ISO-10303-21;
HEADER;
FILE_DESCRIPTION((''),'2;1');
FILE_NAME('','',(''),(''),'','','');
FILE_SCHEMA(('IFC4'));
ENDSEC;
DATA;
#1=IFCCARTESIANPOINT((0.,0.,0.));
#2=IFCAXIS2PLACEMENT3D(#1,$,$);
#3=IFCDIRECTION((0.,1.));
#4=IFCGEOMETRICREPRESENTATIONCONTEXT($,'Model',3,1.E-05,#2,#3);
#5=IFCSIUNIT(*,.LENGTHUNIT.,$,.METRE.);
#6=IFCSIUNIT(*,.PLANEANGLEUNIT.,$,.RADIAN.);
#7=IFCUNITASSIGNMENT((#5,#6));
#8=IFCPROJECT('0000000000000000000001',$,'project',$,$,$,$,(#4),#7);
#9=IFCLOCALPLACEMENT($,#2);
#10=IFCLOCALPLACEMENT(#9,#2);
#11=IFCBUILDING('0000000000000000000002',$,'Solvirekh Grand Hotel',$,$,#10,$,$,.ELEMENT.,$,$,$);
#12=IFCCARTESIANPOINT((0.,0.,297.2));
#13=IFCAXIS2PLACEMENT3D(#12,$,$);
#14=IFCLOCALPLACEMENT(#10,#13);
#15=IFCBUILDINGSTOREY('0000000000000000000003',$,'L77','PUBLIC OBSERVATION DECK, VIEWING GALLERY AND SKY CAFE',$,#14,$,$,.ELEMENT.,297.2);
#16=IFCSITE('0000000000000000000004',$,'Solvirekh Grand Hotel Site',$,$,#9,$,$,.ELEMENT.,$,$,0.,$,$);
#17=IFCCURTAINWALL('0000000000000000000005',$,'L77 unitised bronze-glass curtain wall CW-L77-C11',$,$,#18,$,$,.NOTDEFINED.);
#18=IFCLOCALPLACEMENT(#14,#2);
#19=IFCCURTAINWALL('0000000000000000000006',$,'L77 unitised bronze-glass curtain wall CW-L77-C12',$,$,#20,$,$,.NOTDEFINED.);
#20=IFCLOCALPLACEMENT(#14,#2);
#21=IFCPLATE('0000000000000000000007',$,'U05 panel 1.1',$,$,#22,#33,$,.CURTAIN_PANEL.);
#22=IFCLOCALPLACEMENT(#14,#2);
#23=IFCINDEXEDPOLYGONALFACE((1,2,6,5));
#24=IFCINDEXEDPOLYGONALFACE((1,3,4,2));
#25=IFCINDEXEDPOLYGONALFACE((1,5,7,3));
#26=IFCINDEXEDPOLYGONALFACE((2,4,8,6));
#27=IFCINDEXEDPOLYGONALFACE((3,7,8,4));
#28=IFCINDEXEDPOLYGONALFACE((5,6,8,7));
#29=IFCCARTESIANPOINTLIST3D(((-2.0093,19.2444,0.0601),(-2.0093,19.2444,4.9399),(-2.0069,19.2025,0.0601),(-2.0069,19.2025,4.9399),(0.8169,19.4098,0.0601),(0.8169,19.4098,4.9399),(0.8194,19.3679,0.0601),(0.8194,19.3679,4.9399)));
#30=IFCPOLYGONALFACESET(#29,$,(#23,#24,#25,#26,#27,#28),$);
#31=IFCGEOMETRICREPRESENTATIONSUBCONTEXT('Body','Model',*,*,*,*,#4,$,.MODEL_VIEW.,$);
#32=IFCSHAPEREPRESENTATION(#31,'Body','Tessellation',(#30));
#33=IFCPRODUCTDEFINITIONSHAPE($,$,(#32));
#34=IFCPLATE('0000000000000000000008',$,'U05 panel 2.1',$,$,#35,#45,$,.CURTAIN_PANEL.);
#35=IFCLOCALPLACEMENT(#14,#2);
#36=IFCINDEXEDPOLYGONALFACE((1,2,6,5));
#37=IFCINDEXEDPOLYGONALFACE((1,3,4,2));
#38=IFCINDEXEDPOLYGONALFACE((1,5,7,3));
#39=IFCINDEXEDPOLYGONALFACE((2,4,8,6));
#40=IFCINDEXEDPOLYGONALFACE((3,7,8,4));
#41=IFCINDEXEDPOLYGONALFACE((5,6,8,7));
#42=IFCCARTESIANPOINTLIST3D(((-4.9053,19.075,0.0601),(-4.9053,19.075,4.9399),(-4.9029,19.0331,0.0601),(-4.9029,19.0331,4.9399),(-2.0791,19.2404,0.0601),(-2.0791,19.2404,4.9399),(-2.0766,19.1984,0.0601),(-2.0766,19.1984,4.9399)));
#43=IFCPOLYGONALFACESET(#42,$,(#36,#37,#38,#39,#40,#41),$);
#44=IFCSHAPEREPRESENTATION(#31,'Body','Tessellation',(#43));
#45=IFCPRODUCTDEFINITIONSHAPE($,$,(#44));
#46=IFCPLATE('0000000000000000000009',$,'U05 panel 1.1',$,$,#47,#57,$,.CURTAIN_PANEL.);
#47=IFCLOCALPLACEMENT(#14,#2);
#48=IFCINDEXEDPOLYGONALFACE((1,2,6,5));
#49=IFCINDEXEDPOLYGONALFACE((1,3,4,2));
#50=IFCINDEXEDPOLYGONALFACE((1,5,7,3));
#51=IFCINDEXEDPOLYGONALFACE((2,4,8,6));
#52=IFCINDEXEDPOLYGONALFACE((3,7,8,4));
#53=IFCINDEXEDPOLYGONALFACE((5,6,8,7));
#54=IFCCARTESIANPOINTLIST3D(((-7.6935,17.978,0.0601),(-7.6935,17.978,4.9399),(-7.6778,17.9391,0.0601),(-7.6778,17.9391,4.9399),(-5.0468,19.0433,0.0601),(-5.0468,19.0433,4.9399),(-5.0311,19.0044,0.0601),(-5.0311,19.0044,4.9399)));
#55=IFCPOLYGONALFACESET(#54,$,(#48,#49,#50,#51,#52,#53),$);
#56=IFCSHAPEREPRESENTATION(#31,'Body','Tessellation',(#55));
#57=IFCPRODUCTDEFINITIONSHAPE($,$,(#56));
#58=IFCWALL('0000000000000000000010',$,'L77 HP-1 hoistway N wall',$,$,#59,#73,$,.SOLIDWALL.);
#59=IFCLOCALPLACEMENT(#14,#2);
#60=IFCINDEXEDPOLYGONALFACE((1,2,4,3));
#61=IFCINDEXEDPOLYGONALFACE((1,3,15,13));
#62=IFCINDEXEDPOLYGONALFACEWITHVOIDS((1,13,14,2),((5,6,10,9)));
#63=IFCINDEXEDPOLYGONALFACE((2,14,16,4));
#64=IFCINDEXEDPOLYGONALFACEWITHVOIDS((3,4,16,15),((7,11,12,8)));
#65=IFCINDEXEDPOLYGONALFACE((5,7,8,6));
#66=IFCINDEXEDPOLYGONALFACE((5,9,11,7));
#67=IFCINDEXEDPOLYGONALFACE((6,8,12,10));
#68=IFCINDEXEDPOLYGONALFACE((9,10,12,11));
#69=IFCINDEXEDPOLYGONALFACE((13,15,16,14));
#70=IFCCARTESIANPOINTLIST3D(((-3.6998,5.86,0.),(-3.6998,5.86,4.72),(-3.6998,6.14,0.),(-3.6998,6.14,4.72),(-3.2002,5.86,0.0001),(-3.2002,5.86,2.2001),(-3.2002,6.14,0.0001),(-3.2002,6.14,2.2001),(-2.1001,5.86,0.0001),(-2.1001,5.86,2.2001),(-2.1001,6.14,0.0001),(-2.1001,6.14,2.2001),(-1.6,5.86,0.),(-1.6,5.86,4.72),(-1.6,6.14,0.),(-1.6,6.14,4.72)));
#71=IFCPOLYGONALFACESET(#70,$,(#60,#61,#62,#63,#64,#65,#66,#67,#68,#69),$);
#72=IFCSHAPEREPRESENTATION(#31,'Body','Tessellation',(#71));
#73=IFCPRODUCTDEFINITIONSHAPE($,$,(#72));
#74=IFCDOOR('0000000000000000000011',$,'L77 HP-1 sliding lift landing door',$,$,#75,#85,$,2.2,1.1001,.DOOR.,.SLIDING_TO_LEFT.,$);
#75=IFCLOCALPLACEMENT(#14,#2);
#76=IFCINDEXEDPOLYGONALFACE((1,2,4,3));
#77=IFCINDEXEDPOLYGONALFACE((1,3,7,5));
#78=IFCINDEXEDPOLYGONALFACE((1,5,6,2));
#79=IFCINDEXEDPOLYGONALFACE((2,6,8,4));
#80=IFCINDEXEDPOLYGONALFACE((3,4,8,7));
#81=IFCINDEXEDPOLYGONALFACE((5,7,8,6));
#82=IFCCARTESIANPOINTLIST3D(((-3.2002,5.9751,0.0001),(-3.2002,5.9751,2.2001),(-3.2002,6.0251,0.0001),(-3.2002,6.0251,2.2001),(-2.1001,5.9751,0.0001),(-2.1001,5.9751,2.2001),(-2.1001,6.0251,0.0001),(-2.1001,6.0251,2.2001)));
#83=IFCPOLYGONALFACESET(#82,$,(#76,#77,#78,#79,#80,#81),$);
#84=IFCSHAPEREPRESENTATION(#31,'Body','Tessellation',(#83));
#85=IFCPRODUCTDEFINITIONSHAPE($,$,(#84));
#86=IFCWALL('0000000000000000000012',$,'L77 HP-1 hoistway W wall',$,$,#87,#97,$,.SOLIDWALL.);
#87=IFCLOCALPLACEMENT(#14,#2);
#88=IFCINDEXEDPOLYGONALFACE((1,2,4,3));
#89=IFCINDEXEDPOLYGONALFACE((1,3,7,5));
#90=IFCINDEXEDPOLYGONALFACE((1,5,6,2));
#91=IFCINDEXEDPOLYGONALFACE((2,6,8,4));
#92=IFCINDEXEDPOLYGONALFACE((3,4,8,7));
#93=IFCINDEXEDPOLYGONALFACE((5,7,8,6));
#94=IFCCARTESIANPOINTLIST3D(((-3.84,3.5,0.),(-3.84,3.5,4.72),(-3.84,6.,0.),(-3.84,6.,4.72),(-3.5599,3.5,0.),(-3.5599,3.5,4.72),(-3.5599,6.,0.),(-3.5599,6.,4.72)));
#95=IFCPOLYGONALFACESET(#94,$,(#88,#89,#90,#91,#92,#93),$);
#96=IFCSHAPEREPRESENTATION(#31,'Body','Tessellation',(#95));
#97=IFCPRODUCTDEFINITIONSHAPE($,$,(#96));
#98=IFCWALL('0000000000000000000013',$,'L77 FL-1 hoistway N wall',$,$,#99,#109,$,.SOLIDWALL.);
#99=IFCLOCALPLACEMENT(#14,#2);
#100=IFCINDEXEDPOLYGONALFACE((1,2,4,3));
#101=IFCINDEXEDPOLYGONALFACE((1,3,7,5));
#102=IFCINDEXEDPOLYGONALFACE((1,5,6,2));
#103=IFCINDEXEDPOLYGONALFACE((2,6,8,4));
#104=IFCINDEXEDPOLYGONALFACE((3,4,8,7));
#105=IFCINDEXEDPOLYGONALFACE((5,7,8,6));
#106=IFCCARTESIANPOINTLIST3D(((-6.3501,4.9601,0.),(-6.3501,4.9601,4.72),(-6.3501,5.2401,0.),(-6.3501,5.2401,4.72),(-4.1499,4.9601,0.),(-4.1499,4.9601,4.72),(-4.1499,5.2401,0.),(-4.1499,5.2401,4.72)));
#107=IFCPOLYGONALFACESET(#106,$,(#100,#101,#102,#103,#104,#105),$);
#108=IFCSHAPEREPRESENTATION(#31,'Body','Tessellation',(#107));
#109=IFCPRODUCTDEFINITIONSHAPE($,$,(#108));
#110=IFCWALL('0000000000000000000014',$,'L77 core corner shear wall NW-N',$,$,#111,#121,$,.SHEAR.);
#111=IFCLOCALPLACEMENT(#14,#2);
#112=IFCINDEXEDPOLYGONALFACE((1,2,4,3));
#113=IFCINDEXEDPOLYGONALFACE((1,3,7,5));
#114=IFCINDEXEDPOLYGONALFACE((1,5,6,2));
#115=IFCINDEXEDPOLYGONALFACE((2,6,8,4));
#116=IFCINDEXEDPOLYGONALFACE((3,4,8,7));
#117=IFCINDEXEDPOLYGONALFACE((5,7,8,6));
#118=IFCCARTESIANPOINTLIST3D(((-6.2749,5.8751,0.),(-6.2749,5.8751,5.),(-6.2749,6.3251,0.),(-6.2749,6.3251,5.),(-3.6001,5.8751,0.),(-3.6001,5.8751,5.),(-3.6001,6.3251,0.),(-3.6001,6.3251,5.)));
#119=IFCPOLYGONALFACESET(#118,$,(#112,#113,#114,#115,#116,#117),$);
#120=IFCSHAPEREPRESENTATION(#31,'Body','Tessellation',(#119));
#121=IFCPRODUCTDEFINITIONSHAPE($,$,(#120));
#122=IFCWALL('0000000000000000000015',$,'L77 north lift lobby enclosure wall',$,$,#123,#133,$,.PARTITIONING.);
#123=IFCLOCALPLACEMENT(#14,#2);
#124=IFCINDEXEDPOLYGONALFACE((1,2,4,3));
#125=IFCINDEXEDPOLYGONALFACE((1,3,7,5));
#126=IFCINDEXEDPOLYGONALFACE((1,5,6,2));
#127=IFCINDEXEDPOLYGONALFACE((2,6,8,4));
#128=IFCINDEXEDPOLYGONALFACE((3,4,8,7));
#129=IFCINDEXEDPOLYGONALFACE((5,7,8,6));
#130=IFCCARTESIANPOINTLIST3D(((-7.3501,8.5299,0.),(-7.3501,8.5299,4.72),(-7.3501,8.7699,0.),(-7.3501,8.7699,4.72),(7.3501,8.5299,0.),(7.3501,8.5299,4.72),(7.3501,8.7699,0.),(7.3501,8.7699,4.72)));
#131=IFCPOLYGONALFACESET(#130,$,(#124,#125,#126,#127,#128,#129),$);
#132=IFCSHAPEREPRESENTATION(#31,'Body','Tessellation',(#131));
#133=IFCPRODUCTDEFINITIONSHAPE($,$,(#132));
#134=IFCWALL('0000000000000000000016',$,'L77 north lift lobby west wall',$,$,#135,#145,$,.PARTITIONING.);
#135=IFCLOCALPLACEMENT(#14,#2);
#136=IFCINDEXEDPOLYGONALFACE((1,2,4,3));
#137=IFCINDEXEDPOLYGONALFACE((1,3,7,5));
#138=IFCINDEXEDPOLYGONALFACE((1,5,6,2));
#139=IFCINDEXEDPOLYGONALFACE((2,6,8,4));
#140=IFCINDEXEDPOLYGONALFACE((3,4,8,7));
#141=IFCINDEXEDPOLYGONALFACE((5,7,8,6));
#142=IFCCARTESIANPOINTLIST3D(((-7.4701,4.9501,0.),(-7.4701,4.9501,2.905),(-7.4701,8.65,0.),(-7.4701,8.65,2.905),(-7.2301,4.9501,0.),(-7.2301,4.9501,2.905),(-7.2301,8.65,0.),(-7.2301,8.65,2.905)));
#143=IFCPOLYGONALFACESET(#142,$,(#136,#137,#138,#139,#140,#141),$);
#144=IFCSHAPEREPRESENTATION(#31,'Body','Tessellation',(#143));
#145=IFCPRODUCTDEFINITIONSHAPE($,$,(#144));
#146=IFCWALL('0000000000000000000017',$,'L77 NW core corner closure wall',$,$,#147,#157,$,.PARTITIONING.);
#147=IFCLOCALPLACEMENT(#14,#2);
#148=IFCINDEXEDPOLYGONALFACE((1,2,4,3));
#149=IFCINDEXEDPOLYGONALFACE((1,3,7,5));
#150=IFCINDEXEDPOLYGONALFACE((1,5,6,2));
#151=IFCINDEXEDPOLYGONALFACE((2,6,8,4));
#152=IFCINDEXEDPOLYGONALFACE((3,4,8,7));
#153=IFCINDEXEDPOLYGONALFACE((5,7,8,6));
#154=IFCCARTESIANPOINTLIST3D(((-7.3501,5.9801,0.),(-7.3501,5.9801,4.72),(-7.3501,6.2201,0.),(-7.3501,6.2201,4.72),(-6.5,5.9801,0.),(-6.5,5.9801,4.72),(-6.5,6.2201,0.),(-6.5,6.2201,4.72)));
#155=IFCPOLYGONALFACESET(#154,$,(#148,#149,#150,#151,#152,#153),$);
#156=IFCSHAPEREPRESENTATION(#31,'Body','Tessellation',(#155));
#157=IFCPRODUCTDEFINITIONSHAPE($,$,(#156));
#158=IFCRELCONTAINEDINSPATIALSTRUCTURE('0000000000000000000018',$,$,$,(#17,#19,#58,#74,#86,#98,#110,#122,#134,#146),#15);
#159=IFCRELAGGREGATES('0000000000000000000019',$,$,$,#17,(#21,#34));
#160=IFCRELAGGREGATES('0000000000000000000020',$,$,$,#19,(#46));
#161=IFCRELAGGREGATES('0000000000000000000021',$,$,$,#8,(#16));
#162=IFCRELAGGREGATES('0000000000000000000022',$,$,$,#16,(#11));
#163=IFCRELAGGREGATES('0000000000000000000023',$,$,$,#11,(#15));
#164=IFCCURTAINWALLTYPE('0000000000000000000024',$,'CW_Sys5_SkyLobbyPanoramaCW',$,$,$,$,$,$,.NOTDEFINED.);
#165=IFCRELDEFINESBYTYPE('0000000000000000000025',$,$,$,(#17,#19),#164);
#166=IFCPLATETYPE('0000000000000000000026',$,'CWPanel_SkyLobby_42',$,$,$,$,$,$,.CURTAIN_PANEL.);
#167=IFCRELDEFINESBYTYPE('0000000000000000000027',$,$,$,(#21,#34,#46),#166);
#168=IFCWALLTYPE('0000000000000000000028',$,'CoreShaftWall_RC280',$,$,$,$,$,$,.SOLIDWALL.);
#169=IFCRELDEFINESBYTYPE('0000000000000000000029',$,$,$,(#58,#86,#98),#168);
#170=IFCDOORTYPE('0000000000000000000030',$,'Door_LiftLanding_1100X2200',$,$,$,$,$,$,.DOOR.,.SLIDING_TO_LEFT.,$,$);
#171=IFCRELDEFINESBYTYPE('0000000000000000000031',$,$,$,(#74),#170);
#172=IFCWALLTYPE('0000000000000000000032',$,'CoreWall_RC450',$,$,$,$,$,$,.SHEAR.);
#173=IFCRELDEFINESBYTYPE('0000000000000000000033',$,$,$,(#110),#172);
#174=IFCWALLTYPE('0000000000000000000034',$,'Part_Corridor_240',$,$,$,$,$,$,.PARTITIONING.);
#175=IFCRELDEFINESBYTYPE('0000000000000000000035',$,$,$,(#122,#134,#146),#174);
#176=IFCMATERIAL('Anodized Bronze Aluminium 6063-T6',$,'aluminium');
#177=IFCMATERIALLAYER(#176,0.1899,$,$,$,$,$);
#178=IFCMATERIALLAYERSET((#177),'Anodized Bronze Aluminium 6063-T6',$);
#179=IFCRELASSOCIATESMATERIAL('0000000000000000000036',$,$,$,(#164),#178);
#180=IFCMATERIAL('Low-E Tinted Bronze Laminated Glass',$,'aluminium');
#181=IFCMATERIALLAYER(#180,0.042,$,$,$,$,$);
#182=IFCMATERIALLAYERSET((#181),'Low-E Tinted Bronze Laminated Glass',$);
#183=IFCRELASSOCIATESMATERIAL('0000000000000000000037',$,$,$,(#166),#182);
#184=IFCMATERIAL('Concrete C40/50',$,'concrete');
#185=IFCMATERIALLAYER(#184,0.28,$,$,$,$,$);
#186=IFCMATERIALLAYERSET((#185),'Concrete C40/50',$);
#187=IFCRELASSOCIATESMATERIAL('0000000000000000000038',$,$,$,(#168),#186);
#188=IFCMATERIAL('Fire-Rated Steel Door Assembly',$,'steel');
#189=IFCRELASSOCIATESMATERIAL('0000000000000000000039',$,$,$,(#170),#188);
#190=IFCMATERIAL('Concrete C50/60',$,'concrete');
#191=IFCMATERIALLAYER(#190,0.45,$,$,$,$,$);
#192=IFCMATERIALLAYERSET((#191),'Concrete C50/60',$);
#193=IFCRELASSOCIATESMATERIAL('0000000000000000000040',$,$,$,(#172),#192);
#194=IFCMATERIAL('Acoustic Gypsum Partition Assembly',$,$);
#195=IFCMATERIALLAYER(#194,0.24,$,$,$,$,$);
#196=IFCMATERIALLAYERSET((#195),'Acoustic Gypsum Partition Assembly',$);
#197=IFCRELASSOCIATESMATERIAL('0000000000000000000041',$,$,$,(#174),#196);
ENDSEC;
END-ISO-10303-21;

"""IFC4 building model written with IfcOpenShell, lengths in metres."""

from ifc_helpers import new_model, si_unit, direction, frame, frame_2d, origin, origin_2d, place, context, subcontext, project, spatial, rectangle, extrude, source, transform, mapped, material, layer, layer_set, type_object, element, fill, aggregate, save


model = new_model("IFC4")

# Units and contexts
model_context = context("Model", 3, precision=1e-05, world=origin(), true_north=direction((0.0, 1.0)))
body_context = subcontext(model_context, "Body", "Model", "MODEL_VIEW")
ifc_project = project(units=[si_unit("LENGTHUNIT", "METRE"), si_unit("PLANEANGLEUNIT", "RADIAN")], contexts=[model_context])

# Site, building, storey
site_placement = place(None, origin())
site = spatial("IfcSite", under=ifc_project, at=site_placement, Name="Solvirekh Grand Hotel Site", CompositionType="ELEMENT", RefElevation=0.0)
building_placement = place(site_placement, origin())
building = spatial("IfcBuilding", under=site, at=building_placement, Name="Solvirekh Grand Hotel", CompositionType="ELEMENT")
storey_placement = place(building_placement, frame((0.0, 0.0, 297.2)))
storey = spatial("IfcBuildingStorey", under=building, at=storey_placement, Name="L77", Description="PUBLIC OBSERVATION DECK, VIEWING GALLERY AND SKY CAFE", CompositionType="ELEMENT", Elevation=297.2)

# Shared definitions
ifc_material_1 = material(Name="Concrete C50/60", Category="concrete")

# Curtain walls
ifc_material_2 = material(Name="Anodized Bronze Aluminium 6063-T6", Category="aluminium")
ifc_layer_1 = layer(ifc_material_2, 0.1899)
ifc_layer_set_1 = layer_set([ifc_layer_1], Name="Anodized Bronze Aluminium 6063-T6")
curtain_wall_type = type_object("IfcCurtainWallType", Name="CW_Sys5_SkyLobbyPanoramaCW", PredefinedType="NOTDEFINED", material=ifc_layer_set_1)
curtain_wall_1_placement = place(storey_placement, origin())
curtain_wall_1 = element("IfcCurtainWall", 1, at=curtain_wall_1_placement, inside=storey, type_object=curtain_wall_type, Name="L77 unitised bronze-glass curtain wall CW-L77-C11", PredefinedType="NOTDEFINED")
curtain_wall_2_placement = place(storey_placement, origin())
curtain_wall_2 = element("IfcCurtainWall", 2, at=curtain_wall_2_placement, inside=storey, type_object=curtain_wall_type, Name="L77 unitised bronze-glass curtain wall CW-L77-C12", PredefinedType="NOTDEFINED")

# Plates
ifc_material_3 = material(Name="Low-E Tinted Bronze Laminated Glass", Category="aluminium")
ifc_layer_2 = layer(ifc_material_3, 0.042)
ifc_layer_set_2 = layer_set([ifc_layer_2], Name="Low-E Tinted Bronze Laminated Glass")
plate_type = type_object("IfcPlateType", Name="CWPanel_SkyLobby_42", PredefinedType="CURTAIN_PANEL", material=ifc_layer_set_2)
shared_shape_1 = source(origin(), body_context, "Body", "SweptSolid", [
    extrude(rectangle(XDim=2.8311, YDim=0.042, at=origin_2d()), origin(), (0.0, 0.0, 1.0), 4.8799),
])
plate_1_placement = place(storey_placement, frame((-0.595, 19.3062, 0.0601), z_axis=(0.0, 0.0, 1.0), x_axis=(-0.998293, -0.058413, 0.0)))
plate_1 = element("IfcPlate", 3, at=plate_1_placement, type_object=plate_type, Name="U05 panel 1.1", PredefinedType="CURTAIN_PANEL", context=body_context, shape_type="MappedRepresentation", body=[
    mapped(shared_shape_1, transform((0.0, 0.0, 0.0), x_axis=(1.0, 0.0, 0.0), y_axis=(0.0, 1.0, 0.0), z_axis=(0.0, 0.0, 1.0), scale=1.0)),
])
plate_2_placement = place(storey_placement, frame((-3.491, 19.1367, 0.0601), z_axis=(0.0, 0.0, 1.0), x_axis=(-0.998293, -0.058413, 0.0)))
plate_2 = element("IfcPlate", 4, at=plate_2_placement, type_object=plate_type, Name="U05 panel 2.1", PredefinedType="CURTAIN_PANEL", context=body_context, shape_type="MappedRepresentation", body=[
    mapped(shared_shape_1, transform((0.0, 0.0, 0.0), x_axis=(1.0, 0.0, 0.0), y_axis=(0.0, 1.0, 0.0), z_axis=(0.0, 0.0, 1.0), scale=1.0)),
])
aggregate(curtain_wall_1, [plate_1, plate_2])
shared_shape_2 = source(origin(), body_context, "Body", "SweptSolid", [
    extrude(rectangle(XDim=2.853, YDim=0.042, at=origin_2d()), origin(), (0.0, 0.0, 1.0), 4.8799),
])
plate_3_placement = place(storey_placement, frame((-6.3623, 18.4912, 0.0601), z_axis=(0.0, 0.0, 1.0), x_axis=(-0.92767, -0.373401, 0.0)))
plate_3 = element("IfcPlate", 5, at=plate_3_placement, type_object=plate_type, Name="U05 panel 1.1", PredefinedType="CURTAIN_PANEL", context=body_context, shape_type="MappedRepresentation", body=[
    mapped(shared_shape_2, transform((0.0, 0.0, 0.0), x_axis=(1.0, 0.0, 0.0), y_axis=(0.0, 1.0, 0.0), z_axis=(0.0, 0.0, 1.0), scale=1.0)),
])
aggregate(curtain_wall_2, [plate_3])

# Wall, opening, door
ifc_material_4 = material(Name="Concrete C40/50", Category="concrete")
ifc_layer_3 = layer(ifc_material_4, 0.28)
ifc_layer_set_3 = layer_set([ifc_layer_3], Name="Concrete C40/50")
wall_type_1 = type_object("IfcWallType", Name="CoreShaftWall_RC280", PredefinedType="SOLIDWALL", material=ifc_layer_set_3)
wall_1_placement = place(storey_placement, frame((-1.6001, 6.0, 0.0), z_axis=(0.0, 0.0, 1.0), x_axis=(-1.0, 0.0, 0.0)))
wall_1 = element("IfcWall", 6, at=wall_1_placement, inside=storey, type_object=wall_type_1, Name="L77 HP-1 hoistway N wall", PredefinedType="SOLIDWALL", context=body_context, shape_type="SweptSolid", body=[
    extrude(rectangle(XDim=2.0999, YDim=0.28, at=frame_2d((1.0498, 0.0))), origin(), (0.0, 0.0, 1.0), 4.72),
])
opening_placement = place(wall_1_placement, frame((0.5, 0.0, 0.0)))
opening = element("IfcOpeningElement", 7, at=opening_placement, cuts=wall_1, PredefinedType="OPENING", context=body_context, shape_type="SweptSolid", body=[
    extrude(rectangle(XDim=1.1001, YDim=2.2, at=frame_2d((0.55, 1.1001))), frame((0.0, 0.1499, 0.0), z_axis=(0.0, -1.0, 0.0), x_axis=(1.0, 0.0, 0.0)), (0.0, 0.0, 1.0), 0.3),
])
ifc_material_5 = material(Name="Fire-Rated Steel Door Assembly", Category="steel")
door_type = type_object("IfcDoorType", Name="Door_LiftLanding_1100X2200", OperationType="SLIDING_TO_LEFT", PredefinedType="DOOR", material=ifc_material_5)
door_placement = place(opening_placement, origin())
door = element("IfcDoor", 8, at=door_placement, inside=storey, type_object=door_type, Name="L77 HP-1 sliding lift landing door", OperationType="SLIDING_TO_LEFT", OverallHeight=2.2, OverallWidth=1.1001, PredefinedType="DOOR", context=body_context, shape_type="SweptSolid", body=[
    extrude(rectangle(XDim=1.1001, YDim=2.2, at=frame_2d((0.55, 1.1001))), frame((0.0, 0.0249, 0.0), z_axis=(0.0, -1.0, 0.0), x_axis=(1.0, 0.0, 0.0)), (0.0, 0.0, 1.0), 0.05),
])
fill(opening, door)

# Walls
wall_2_placement = place(storey_placement, frame((-3.7, 6.0, 0.0), z_axis=(0.0, 0.0, 1.0), x_axis=(0.0, -1.0, 0.0)))
element("IfcWall", 9, at=wall_2_placement, inside=storey, type_object=wall_type_1, Name="L77 HP-1 hoistway W wall", PredefinedType="SOLIDWALL", context=body_context, shape_type="SweptSolid", body=[
    extrude(rectangle(XDim=2.5, YDim=0.28, at=frame_2d((1.25, 0.0))), origin(), (0.0, 0.0, 1.0), 4.72),
])
wall_3_placement = place(storey_placement, frame((-4.1499, 5.1001, 0.0), z_axis=(0.0, 0.0, 1.0), x_axis=(-1.0, 0.0, 0.0)))
element("IfcWall", 10, at=wall_3_placement, inside=storey, type_object=wall_type_1, Name="L77 FL-1 hoistway N wall", PredefinedType="SOLIDWALL", context=body_context, shape_type="SweptSolid", body=[
    extrude(rectangle(XDim=2.2002, YDim=0.28, at=frame_2d((1.1001, 0.0))), origin(), (0.0, 0.0, 1.0), 4.72),
])
ifc_layer_4 = layer(ifc_material_1, 0.45)
ifc_layer_set_4 = layer_set([ifc_layer_4], Name="Concrete C50/60")
wall_type_2 = type_object("IfcWallType", Name="CoreWall_RC450", PredefinedType="SHEAR", material=ifc_layer_set_4)
wall_4_placement = place(storey_placement, frame((-6.2749, 6.1001, 0.0), z_axis=(0.0, 0.0, 1.0), x_axis=(1.0, 0.0, 0.0)))
element("IfcWall", 11, at=wall_4_placement, inside=storey, type_object=wall_type_2, Name="L77 core corner shear wall NW-N", PredefinedType="SHEAR", context=body_context, shape_type="SweptSolid", body=[
    extrude(rectangle(XDim=2.6748, YDim=0.45, at=frame_2d((1.3374, 0.0))), origin(), (0.0, 0.0, 1.0), 5.0),
])
ifc_material_6 = material(Name="Acoustic Gypsum Partition Assembly")
ifc_layer_5 = layer(ifc_material_6, 0.24)
ifc_layer_set_5 = layer_set([ifc_layer_5], Name="Acoustic Gypsum Partition Assembly")
wall_type_3 = type_object("IfcWallType", Name="Part_Corridor_240", PredefinedType="PARTITIONING", material=ifc_layer_set_5)
wall_5_placement = place(storey_placement, frame((-7.3501, 8.6499, 0.0), z_axis=(0.0, 0.0, 1.0), x_axis=(1.0, 0.0, 0.0)))
element("IfcWall", 12, at=wall_5_placement, inside=storey, type_object=wall_type_3, Name="L77 north lift lobby enclosure wall", PredefinedType="PARTITIONING", context=body_context, shape_type="SweptSolid", body=[
    extrude(rectangle(XDim=14.7002, YDim=0.24, at=frame_2d((7.3501, 0.0))), origin(), (0.0, 0.0, 1.0), 4.72),
])
wall_6_placement = place(storey_placement, frame((-7.3501, 4.95, 0.0), z_axis=(0.0, 0.0, 1.0), x_axis=(0.0, 1.0, 0.0)))
element("IfcWall", 13, at=wall_6_placement, inside=storey, type_object=wall_type_3, Name="L77 north lift lobby west wall", PredefinedType="PARTITIONING", context=body_context, shape_type="SweptSolid", body=[
    extrude(rectangle(XDim=3.7, YDim=0.24, at=frame_2d((1.8501, 0.0))), origin(), (0.0, 0.0, 1.0), 2.905),
])
wall_7_placement = place(storey_placement, frame((-7.3501, 6.1001, 0.0), z_axis=(0.0, 0.0, 1.0), x_axis=(1.0, 0.0, 0.0)))
element("IfcWall", 14, at=wall_7_placement, inside=storey, type_object=wall_type_3, Name="L77 NW core corner closure wall", PredefinedType="PARTITIONING", context=body_context, shape_type="SweptSolid", body=[
    extrude(rectangle(XDim=0.8501, YDim=0.24, at=frame_2d((0.425, 0.0))), origin(), (0.0, 0.0, 1.0), 4.72),
])

save(model, "model.ifc")
